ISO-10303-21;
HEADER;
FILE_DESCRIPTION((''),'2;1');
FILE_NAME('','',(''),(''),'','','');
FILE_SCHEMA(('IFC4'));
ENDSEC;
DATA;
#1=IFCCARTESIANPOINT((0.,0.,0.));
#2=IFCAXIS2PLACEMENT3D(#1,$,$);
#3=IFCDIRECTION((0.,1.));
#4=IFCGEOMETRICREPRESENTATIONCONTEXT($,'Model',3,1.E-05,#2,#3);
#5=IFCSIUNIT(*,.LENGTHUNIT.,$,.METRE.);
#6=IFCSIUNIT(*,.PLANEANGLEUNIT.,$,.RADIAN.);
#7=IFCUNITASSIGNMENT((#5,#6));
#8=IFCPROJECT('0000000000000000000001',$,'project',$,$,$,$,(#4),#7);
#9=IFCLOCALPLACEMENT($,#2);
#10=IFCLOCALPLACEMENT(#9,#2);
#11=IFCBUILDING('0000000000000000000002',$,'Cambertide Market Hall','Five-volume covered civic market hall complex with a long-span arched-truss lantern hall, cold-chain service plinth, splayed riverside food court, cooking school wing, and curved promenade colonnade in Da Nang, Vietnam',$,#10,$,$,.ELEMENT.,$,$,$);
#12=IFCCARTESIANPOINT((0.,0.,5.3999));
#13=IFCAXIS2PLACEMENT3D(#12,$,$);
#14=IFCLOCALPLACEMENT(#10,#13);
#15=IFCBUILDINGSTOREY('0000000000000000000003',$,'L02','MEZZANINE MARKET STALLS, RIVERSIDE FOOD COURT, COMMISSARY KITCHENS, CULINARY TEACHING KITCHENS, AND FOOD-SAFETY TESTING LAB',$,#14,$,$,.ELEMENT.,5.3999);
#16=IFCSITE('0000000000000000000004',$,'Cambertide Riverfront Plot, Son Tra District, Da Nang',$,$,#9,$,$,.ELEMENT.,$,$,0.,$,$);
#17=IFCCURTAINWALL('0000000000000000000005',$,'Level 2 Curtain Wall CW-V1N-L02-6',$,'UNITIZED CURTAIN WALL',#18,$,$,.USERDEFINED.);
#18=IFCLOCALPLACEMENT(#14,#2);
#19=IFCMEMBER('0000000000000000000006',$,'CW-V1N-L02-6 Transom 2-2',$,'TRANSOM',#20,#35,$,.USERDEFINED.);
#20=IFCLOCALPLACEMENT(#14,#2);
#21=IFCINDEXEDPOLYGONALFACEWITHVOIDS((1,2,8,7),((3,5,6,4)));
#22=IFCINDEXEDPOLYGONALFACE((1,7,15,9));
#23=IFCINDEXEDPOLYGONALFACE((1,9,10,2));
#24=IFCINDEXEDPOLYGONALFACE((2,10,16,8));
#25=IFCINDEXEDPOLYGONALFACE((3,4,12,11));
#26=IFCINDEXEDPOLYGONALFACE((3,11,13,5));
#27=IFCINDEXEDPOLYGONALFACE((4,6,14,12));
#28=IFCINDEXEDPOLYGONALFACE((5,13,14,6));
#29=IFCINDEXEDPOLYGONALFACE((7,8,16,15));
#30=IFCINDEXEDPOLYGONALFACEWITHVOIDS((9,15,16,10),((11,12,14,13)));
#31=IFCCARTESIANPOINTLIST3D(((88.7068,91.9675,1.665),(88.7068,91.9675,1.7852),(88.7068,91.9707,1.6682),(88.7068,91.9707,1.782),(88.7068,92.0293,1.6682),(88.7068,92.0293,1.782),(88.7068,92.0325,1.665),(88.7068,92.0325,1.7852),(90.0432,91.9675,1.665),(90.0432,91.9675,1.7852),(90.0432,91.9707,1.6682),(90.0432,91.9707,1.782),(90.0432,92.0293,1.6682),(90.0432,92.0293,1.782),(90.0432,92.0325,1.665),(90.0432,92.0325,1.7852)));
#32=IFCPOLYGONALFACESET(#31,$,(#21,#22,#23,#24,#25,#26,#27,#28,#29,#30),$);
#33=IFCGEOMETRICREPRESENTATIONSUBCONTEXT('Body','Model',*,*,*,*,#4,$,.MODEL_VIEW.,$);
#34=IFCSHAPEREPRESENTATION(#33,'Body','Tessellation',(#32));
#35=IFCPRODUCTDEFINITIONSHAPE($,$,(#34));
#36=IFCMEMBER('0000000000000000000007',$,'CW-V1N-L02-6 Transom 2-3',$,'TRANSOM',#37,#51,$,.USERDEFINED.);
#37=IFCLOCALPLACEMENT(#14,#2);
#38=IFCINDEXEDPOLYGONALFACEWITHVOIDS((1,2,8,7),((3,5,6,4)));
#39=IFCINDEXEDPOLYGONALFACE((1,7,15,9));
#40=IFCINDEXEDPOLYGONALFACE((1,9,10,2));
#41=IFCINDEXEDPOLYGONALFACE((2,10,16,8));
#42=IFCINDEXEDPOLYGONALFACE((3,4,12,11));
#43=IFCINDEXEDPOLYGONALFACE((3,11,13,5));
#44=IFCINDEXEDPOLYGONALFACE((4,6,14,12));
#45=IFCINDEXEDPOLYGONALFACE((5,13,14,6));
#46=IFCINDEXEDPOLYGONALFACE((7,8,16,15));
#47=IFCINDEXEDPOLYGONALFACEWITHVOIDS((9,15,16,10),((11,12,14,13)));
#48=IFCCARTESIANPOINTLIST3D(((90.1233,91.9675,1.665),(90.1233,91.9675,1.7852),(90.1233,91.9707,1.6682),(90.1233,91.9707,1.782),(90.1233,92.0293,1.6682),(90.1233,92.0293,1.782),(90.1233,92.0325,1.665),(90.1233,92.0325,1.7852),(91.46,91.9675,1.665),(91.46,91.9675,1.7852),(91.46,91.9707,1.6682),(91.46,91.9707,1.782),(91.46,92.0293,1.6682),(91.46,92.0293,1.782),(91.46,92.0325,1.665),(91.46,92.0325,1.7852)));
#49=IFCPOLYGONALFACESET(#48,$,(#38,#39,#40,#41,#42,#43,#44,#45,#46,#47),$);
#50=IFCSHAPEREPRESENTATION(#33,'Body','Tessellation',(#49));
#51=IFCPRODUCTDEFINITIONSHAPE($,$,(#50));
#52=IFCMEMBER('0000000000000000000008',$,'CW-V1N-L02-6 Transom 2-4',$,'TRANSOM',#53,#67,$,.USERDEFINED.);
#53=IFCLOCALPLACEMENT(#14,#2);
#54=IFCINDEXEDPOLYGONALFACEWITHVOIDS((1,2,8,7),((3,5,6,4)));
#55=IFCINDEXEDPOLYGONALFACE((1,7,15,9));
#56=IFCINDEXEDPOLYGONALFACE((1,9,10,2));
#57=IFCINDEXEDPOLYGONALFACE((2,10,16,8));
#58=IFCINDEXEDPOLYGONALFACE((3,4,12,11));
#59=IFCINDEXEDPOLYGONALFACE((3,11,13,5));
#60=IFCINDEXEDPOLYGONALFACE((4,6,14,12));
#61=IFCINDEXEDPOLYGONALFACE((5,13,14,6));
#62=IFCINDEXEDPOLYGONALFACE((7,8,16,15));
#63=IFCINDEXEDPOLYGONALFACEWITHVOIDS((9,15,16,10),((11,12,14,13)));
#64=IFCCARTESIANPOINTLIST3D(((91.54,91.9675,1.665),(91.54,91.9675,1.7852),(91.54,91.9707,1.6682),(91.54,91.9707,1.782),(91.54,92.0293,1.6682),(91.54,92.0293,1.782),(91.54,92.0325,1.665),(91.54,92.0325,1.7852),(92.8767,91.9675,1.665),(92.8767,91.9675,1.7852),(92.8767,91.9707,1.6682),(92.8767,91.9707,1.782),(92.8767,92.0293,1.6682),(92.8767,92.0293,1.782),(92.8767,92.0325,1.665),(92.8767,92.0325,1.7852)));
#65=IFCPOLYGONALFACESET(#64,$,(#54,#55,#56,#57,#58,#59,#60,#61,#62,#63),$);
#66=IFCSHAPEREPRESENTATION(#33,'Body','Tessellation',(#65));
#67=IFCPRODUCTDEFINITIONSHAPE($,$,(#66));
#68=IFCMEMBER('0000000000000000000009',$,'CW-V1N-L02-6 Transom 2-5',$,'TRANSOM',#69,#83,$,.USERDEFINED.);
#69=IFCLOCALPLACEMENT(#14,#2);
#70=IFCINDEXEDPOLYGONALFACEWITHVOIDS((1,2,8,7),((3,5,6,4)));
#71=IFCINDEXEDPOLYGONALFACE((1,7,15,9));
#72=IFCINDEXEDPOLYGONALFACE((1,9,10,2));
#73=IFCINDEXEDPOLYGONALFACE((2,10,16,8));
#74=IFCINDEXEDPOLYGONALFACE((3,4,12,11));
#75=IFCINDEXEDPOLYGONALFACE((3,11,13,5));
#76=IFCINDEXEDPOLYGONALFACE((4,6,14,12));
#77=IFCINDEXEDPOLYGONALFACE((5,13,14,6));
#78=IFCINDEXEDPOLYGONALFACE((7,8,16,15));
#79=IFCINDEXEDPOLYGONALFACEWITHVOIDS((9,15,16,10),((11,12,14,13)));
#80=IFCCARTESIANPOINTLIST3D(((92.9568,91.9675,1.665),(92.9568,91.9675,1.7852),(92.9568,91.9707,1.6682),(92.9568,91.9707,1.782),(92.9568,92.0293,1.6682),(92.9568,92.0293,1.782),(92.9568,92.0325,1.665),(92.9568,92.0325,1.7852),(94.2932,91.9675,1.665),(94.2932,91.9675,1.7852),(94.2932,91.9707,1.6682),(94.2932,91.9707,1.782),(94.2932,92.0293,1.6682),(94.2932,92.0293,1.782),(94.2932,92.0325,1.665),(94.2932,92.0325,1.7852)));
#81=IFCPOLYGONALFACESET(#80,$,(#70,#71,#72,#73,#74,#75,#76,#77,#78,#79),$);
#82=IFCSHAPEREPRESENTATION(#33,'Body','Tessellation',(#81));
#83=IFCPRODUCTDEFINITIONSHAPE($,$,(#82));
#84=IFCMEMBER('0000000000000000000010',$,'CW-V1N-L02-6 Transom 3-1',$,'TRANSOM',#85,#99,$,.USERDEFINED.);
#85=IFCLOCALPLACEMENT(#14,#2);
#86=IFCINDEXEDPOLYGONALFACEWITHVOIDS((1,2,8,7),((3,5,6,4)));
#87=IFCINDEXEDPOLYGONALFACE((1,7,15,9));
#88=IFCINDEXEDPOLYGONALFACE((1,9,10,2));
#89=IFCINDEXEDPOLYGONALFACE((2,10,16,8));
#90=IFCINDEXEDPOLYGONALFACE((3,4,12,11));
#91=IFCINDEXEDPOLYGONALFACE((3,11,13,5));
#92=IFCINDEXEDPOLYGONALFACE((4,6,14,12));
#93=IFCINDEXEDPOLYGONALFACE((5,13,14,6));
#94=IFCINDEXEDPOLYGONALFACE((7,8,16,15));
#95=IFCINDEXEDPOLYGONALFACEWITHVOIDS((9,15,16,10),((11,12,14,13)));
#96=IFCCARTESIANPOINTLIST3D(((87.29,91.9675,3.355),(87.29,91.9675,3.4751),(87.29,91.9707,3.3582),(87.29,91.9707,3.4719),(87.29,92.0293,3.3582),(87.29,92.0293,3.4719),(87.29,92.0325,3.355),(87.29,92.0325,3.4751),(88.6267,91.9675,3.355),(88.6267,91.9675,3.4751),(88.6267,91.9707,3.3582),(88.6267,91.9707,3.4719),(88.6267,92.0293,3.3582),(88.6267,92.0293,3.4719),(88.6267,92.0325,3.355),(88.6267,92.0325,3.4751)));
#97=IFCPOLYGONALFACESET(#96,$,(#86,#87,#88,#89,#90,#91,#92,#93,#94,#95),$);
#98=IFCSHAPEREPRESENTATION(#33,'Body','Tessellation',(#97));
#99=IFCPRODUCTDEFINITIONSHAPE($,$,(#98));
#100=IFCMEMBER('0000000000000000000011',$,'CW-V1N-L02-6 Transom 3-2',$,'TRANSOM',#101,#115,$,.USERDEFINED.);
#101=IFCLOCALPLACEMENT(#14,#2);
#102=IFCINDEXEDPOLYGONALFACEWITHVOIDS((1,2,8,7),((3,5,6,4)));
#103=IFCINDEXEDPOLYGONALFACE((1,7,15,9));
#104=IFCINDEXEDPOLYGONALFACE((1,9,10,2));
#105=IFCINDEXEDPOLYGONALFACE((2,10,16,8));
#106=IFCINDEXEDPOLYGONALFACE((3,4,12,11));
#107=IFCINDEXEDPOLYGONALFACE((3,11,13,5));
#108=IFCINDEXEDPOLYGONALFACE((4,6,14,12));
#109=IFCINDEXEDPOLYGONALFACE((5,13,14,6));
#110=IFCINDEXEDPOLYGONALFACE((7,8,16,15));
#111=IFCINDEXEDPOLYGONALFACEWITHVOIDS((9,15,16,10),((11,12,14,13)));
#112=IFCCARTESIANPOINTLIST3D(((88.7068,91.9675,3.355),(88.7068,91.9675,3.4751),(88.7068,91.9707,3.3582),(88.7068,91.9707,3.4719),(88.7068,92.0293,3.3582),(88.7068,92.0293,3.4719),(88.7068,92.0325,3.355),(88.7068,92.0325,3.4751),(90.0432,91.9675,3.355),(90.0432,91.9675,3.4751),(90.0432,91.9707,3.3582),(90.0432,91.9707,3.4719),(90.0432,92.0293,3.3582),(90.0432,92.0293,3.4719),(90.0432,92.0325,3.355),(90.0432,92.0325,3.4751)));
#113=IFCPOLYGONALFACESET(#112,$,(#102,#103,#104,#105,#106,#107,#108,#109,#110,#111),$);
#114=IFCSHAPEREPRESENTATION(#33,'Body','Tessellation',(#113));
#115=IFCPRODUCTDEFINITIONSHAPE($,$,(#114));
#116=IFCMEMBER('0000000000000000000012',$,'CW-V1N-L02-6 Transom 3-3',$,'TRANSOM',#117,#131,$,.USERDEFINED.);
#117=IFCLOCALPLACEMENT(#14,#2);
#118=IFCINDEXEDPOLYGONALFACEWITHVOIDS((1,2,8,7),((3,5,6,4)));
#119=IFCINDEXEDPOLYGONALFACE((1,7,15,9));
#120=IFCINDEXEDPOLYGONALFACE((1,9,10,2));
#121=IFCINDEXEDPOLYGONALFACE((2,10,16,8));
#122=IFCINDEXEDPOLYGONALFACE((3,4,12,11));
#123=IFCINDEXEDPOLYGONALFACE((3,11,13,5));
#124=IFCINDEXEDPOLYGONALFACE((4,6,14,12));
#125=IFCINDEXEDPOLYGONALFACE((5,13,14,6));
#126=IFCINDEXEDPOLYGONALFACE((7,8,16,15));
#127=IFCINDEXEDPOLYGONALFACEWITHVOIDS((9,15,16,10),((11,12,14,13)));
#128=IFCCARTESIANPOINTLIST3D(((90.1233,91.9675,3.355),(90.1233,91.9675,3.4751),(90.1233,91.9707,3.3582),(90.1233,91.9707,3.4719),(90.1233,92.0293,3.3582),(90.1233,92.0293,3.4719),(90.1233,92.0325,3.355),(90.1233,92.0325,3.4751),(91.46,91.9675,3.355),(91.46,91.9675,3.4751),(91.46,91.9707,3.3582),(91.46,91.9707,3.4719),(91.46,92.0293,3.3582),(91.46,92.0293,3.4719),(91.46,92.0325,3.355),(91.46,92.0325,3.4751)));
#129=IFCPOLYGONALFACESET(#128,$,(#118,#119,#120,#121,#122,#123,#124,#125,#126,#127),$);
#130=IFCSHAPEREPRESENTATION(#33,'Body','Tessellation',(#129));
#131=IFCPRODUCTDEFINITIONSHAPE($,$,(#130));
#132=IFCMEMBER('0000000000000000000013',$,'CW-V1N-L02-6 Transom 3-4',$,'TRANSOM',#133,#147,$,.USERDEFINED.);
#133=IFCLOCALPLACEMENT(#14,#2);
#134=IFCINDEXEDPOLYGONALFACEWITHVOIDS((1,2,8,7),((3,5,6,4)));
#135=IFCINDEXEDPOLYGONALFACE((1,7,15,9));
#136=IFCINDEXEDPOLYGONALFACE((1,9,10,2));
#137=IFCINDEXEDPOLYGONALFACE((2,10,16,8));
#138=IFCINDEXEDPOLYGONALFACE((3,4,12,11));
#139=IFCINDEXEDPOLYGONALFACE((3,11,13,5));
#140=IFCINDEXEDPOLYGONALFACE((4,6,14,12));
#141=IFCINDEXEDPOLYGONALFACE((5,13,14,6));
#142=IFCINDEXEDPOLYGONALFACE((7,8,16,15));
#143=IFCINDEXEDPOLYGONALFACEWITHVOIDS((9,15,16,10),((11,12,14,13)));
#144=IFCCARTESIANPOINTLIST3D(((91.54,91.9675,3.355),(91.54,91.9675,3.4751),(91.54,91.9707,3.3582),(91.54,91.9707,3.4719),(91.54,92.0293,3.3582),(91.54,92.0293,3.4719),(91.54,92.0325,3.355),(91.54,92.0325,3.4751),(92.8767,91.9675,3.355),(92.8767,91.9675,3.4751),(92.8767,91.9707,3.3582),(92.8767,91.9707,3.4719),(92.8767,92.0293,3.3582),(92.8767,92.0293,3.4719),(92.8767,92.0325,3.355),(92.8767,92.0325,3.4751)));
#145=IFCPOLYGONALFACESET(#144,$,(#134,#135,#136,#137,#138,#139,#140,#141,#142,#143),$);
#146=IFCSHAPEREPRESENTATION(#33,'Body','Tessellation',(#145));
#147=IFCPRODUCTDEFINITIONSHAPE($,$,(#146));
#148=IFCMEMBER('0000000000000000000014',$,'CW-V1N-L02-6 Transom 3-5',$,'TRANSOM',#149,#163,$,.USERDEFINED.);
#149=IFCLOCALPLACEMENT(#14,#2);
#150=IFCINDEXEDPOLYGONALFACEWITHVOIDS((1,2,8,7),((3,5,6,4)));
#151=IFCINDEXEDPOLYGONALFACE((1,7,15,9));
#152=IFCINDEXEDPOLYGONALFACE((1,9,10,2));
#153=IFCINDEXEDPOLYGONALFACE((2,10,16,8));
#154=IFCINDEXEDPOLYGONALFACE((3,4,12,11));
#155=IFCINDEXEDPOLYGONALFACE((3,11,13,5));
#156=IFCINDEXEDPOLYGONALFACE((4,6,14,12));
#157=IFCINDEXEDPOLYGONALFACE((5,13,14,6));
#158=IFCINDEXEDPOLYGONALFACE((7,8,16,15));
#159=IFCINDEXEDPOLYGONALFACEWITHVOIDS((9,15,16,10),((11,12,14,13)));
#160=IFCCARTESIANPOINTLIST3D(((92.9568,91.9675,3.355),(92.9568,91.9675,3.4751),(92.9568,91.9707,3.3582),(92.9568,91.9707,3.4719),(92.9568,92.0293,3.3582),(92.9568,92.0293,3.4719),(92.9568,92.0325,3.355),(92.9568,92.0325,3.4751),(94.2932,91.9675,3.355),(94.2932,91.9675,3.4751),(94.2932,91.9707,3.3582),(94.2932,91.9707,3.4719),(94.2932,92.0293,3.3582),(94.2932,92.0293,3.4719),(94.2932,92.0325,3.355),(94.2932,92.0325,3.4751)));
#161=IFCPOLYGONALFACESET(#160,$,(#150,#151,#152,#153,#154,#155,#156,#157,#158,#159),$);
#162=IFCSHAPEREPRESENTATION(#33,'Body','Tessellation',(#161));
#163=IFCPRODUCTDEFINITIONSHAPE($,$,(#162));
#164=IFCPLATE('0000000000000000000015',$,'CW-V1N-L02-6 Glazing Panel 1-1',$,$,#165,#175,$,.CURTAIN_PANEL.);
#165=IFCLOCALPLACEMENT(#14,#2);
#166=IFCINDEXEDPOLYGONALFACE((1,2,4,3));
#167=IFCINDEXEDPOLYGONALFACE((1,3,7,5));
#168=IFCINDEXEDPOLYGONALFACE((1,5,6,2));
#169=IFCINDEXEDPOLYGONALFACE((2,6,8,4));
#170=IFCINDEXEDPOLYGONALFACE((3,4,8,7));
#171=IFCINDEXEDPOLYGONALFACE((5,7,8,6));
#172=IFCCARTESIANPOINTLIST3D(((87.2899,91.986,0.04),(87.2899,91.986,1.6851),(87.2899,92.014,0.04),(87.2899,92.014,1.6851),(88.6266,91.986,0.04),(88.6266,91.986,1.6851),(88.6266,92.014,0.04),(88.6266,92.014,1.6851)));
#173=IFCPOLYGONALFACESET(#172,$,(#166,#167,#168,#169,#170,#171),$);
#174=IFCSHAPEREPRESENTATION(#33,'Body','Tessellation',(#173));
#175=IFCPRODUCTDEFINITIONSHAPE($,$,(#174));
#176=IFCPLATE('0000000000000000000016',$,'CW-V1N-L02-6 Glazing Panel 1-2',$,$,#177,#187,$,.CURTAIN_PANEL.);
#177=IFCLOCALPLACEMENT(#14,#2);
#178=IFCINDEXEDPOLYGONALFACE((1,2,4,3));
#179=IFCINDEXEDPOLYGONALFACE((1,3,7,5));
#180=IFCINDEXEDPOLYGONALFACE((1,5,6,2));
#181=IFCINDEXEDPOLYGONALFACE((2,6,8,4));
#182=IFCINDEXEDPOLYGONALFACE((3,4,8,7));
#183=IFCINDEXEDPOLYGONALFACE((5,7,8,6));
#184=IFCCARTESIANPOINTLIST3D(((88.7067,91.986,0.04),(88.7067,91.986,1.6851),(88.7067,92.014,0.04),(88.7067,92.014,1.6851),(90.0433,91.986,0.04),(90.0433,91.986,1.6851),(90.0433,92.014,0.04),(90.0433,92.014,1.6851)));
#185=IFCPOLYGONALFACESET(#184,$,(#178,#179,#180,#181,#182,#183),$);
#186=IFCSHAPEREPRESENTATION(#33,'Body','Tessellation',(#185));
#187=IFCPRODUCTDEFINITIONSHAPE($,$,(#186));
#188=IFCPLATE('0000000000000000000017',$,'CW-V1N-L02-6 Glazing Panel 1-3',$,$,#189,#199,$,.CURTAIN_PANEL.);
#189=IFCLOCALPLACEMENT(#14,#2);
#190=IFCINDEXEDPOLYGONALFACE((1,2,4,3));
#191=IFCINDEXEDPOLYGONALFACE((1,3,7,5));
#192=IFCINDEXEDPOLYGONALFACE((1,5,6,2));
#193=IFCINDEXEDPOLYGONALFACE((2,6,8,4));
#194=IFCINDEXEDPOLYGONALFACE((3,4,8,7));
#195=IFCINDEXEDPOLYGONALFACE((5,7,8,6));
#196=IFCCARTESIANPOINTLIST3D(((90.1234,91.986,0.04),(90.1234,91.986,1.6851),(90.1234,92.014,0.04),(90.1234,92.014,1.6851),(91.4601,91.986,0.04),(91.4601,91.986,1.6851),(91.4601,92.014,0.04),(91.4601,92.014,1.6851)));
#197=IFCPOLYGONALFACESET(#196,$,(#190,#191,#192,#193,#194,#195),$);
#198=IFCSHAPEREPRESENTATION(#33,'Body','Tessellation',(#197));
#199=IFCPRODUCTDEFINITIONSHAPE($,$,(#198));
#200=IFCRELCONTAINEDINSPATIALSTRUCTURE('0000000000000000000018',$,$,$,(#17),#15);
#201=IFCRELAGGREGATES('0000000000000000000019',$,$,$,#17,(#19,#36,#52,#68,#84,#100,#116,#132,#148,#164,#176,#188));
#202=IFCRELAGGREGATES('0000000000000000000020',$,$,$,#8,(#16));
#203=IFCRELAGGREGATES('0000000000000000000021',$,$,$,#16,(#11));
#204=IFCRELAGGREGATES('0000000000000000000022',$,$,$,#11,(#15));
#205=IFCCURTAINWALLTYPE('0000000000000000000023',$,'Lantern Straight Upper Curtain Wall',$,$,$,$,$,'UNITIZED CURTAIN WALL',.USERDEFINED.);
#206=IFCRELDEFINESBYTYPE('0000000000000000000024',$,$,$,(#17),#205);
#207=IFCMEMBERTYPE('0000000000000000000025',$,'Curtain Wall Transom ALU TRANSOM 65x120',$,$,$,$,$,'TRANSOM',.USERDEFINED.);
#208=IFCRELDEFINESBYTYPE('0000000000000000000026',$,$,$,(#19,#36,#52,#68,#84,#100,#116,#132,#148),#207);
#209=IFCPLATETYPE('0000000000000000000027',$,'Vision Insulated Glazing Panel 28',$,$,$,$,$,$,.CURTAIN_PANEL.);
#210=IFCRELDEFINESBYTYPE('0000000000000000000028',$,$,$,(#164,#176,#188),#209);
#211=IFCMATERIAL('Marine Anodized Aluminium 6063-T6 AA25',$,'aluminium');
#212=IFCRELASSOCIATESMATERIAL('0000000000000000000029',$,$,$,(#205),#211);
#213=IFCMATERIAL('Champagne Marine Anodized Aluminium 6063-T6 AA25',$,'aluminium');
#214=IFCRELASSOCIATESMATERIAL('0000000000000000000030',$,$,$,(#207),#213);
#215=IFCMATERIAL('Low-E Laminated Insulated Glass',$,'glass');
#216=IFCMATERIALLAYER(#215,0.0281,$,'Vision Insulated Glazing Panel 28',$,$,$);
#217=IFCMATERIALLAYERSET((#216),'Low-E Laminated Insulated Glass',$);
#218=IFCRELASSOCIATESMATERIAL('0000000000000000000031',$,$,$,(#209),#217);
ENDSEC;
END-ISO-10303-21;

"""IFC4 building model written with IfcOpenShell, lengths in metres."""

from ifc_helpers import new_model, si_unit, direction, frame, origin, origin_2d, place, context, subcontext, project, spatial, rectangle, hollow_rectangle, extrude, material, layer, layer_set, material_profile, profile_set, type_object, element, aggregate, save


model = new_model("IFC4")

# Units and contexts
model_context = context("Model", 3, precision=1e-05, world=origin(), true_north=direction((0.0, 1.0)))
body_context = subcontext(model_context, "Body", "Model", "MODEL_VIEW")
ifc_project = project(units=[si_unit("LENGTHUNIT", "METRE"), si_unit("PLANEANGLEUNIT", "RADIAN")], contexts=[model_context])

# Site, building, storey
site_placement = place(None, origin())
site = spatial("IfcSite", under=ifc_project, at=site_placement, Name="Cambertide Riverfront Plot, Son Tra District, Da Nang", CompositionType="ELEMENT", RefElevation=0.0)
building_placement = place(site_placement, origin())
building = spatial("IfcBuilding", under=site, at=building_placement, Name="Cambertide Market Hall", Description="Five-volume covered civic market hall complex with a long-span arched-truss lantern hall, cold-chain service plinth, splayed riverside food court, cooking school wing, and curved promenade colonnade in Da Nang, Vietnam", CompositionType="ELEMENT")
storey_placement = place(building_placement, frame((0.0, 0.0, 5.3999)))
storey = spatial("IfcBuildingStorey", under=building, at=storey_placement, Name="L02", Description="MEZZANINE MARKET STALLS, RIVERSIDE FOOD COURT, COMMISSARY KITCHENS, CULINARY TEACHING KITCHENS, AND FOOD-SAFETY TESTING LAB", CompositionType="ELEMENT", Elevation=5.3999)

# Curtain wall, members, plates
ifc_material_1 = material(Name="Marine Anodized Aluminium 6063-T6 AA25", Category="aluminium")
curtain_wall_type = type_object("IfcCurtainWallType", Name="Lantern Straight Upper Curtain Wall", ElementType="UNITIZED CURTAIN WALL", PredefinedType="USERDEFINED", material=ifc_material_1)
curtain_wall_placement = place(storey_placement, origin())
curtain_wall = element("IfcCurtainWall", 1, at=curtain_wall_placement, inside=storey, type_object=curtain_wall_type, Name="Level 2 Curtain Wall CW-V1N-L02-6", ObjectType="UNITIZED CURTAIN WALL", PredefinedType="USERDEFINED")
ifc_material_2 = material(Name="Champagne Marine Anodized Aluminium 6063-T6 AA25", Category="aluminium")
ifc_material_profile_1 = material_profile(ifc_material_2, hollow_rectangle(XDim=0.0649, YDim=0.1201, WallThickness=0.0032, at=origin_2d()), Name="ALU TRANSOM 65x120")
ifc_profile_set_1 = profile_set([ifc_material_profile_1], Name="Champagne Marine Anodized Aluminium 6063-T6 AA25")
member_type_1 = type_object("IfcMemberType", Name="Curtain Wall Transom ALU TRANSOM 65x120", ElementType="TRANSOM", PredefinedType="USERDEFINED", material=ifc_profile_set_1)
member_1_placement = place(storey_placement, frame((88.7068, 92.0, 1.7251), z_axis=(1.0, 0.0, 0.0), x_axis=(0.0, 1.0, 0.0)))
member_1 = element("IfcMember", 2, at=member_1_placement, type_object=member_type_1, Name="CW-V1N-L02-6 Transom 2-2", ObjectType="TRANSOM", PredefinedType="USERDEFINED", context=body_context, shape_type="SweptSolid", body=[
    extrude(hollow_rectangle(XDim=0.0649, YDim=0.1201, WallThickness=0.0032, at=origin_2d()), origin(), (0.0, 0.0, 1.0), 1.3364),
])
member_2_placement = place(storey_placement, frame((90.1233, 92.0, 1.7251), z_axis=(1.0, 0.0, 0.0), x_axis=(0.0, 1.0, 0.0)))
member_2 = element("IfcMember", 3, at=member_2_placement, type_object=member_type_1, Name="CW-V1N-L02-6 Transom 2-3", ObjectType="TRANSOM", PredefinedType="USERDEFINED", context=body_context, shape_type="SweptSolid", body=[
    extrude(hollow_rectangle(XDim=0.0649, YDim=0.1201, WallThickness=0.0032, at=origin_2d()), origin(), (0.0, 0.0, 1.0), 1.3367),
])
member_3_placement = place(storey_placement, frame((91.54, 92.0, 1.7251), z_axis=(1.0, 0.0, 0.0), x_axis=(0.0, 1.0, 0.0)))
member_3 = element("IfcMember", 4, at=member_3_placement, type_object=member_type_1, Name="CW-V1N-L02-6 Transom 2-4", ObjectType="TRANSOM", PredefinedType="USERDEFINED", context=body_context, shape_type="SweptSolid", body=[
    extrude(hollow_rectangle(XDim=0.0649, YDim=0.1201, WallThickness=0.0032, at=origin_2d()), origin(), (0.0, 0.0, 1.0), 1.3367),
])
member_4_placement = place(storey_placement, frame((92.9568, 92.0, 1.7251), z_axis=(1.0, 0.0, 0.0), x_axis=(0.0, 1.0, 0.0)))
member_4 = element("IfcMember", 5, at=member_4_placement, type_object=member_type_1, Name="CW-V1N-L02-6 Transom 2-5", ObjectType="TRANSOM", PredefinedType="USERDEFINED", context=body_context, shape_type="SweptSolid", body=[
    extrude(hollow_rectangle(XDim=0.0649, YDim=0.1201, WallThickness=0.0032, at=origin_2d()), origin(), (0.0, 0.0, 1.0), 1.3364),
])
member_5_placement = place(storey_placement, frame((87.29, 92.0, 3.415), z_axis=(1.0, 0.0, 0.0), x_axis=(0.0, 1.0, 0.0)))
member_5 = element("IfcMember", 6, at=member_5_placement, type_object=member_type_1, Name="CW-V1N-L02-6 Transom 3-1", ObjectType="TRANSOM", PredefinedType="USERDEFINED", context=body_context, shape_type="SweptSolid", body=[
    extrude(hollow_rectangle(XDim=0.0649, YDim=0.1201, WallThickness=0.0032, at=origin_2d()), origin(), (0.0, 0.0, 1.0), 1.3367),
])
member_6_placement = place(storey_placement, frame((88.7068, 92.0, 3.415), z_axis=(1.0, 0.0, 0.0), x_axis=(0.0, 1.0, 0.0)))
member_6 = element("IfcMember", 7, at=member_6_placement, type_object=member_type_1, Name="CW-V1N-L02-6 Transom 3-2", ObjectType="TRANSOM", PredefinedType="USERDEFINED", context=body_context, shape_type="SweptSolid", body=[
    extrude(hollow_rectangle(XDim=0.0649, YDim=0.1201, WallThickness=0.0032, at=origin_2d()), origin(), (0.0, 0.0, 1.0), 1.3364),
])
member_7_placement = place(storey_placement, frame((90.1233, 92.0, 3.415), z_axis=(1.0, 0.0, 0.0), x_axis=(0.0, 1.0, 0.0)))
member_7 = element("IfcMember", 8, at=member_7_placement, type_object=member_type_1, Name="CW-V1N-L02-6 Transom 3-3", ObjectType="TRANSOM", PredefinedType="USERDEFINED", context=body_context, shape_type="SweptSolid", body=[
    extrude(hollow_rectangle(XDim=0.0649, YDim=0.1201, WallThickness=0.0032, at=origin_2d()), origin(), (0.0, 0.0, 1.0), 1.3367),
])
member_8_placement = place(storey_placement, frame((91.54, 92.0, 3.415), z_axis=(1.0, 0.0, 0.0), x_axis=(0.0, 1.0, 0.0)))
member_8 = element("IfcMember", 9, at=member_8_placement, type_object=member_type_1, Name="CW-V1N-L02-6 Transom 3-4", ObjectType="TRANSOM", PredefinedType="USERDEFINED", context=body_context, shape_type="SweptSolid", body=[
    extrude(hollow_rectangle(XDim=0.0649, YDim=0.1201, WallThickness=0.0032, at=origin_2d()), origin(), (0.0, 0.0, 1.0), 1.3367),
])
member_9_placement = place(storey_placement, frame((92.9568, 92.0, 3.415), z_axis=(1.0, 0.0, 0.0), x_axis=(0.0, 1.0, 0.0)))
member_9 = element("IfcMember", 10, at=member_9_placement, type_object=member_type_1, Name="CW-V1N-L02-6 Transom 3-5", ObjectType="TRANSOM", PredefinedType="USERDEFINED", context=body_context, shape_type="SweptSolid", body=[
    extrude(hollow_rectangle(XDim=0.0649, YDim=0.1201, WallThickness=0.0032, at=origin_2d()), origin(), (0.0, 0.0, 1.0), 1.3364),
])
ifc_material_3 = material(Name="Low-E Laminated Insulated Glass", Category="glass")
ifc_layer = layer(ifc_material_3, 0.0281, Name="Vision Insulated Glazing Panel 28")
ifc_layer_set = layer_set([ifc_layer], Name="Low-E Laminated Insulated Glass")
plate_type = type_object("IfcPlateType", Name="Vision Insulated Glazing Panel 28", PredefinedType="CURTAIN_PANEL", material=ifc_layer_set)
plate_1_placement = place(storey_placement, frame((87.9583, 92.0, 0.04), z_axis=(0.0, 0.0, 1.0), x_axis=(1.0, 0.0, 0.0)))
plate_1 = element("IfcPlate", 11, at=plate_1_placement, type_object=plate_type, Name="CW-V1N-L02-6 Glazing Panel 1-1", PredefinedType="CURTAIN_PANEL", context=body_context, shape_type="SweptSolid", body=[
    extrude(rectangle(XDim=1.3367, YDim=0.0281, at=origin_2d()), origin(), (0.0, 0.0, 1.0), 1.645),
])
plate_2_placement = place(storey_placement, frame((89.375, 92.0, 0.04), z_axis=(0.0, 0.0, 1.0), x_axis=(1.0, 0.0, 0.0)))
plate_2 = element("IfcPlate", 12, at=plate_2_placement, type_object=plate_type, Name="CW-V1N-L02-6 Glazing Panel 1-2", PredefinedType="CURTAIN_PANEL", context=body_context, shape_type="SweptSolid", body=[
    extrude(rectangle(XDim=1.3367, YDim=0.0281, at=origin_2d()), origin(), (0.0, 0.0, 1.0), 1.645),
])
plate_3_placement = place(storey_placement, frame((90.7917, 92.0, 0.04), z_axis=(0.0, 0.0, 1.0), x_axis=(1.0, 0.0, 0.0)))
plate_3 = element("IfcPlate", 13, at=plate_3_placement, type_object=plate_type, Name="CW-V1N-L02-6 Glazing Panel 1-3", PredefinedType="CURTAIN_PANEL", context=body_context, shape_type="SweptSolid", body=[
    extrude(rectangle(XDim=1.3367, YDim=0.0281, at=origin_2d()), origin(), (0.0, 0.0, 1.0), 1.645),
])
aggregate(curtain_wall, [member_1, member_2, member_3, member_4, member_5, member_6, member_7, member_8, member_9, plate_1, plate_2, plate_3])

save(model, "model.ifc")
